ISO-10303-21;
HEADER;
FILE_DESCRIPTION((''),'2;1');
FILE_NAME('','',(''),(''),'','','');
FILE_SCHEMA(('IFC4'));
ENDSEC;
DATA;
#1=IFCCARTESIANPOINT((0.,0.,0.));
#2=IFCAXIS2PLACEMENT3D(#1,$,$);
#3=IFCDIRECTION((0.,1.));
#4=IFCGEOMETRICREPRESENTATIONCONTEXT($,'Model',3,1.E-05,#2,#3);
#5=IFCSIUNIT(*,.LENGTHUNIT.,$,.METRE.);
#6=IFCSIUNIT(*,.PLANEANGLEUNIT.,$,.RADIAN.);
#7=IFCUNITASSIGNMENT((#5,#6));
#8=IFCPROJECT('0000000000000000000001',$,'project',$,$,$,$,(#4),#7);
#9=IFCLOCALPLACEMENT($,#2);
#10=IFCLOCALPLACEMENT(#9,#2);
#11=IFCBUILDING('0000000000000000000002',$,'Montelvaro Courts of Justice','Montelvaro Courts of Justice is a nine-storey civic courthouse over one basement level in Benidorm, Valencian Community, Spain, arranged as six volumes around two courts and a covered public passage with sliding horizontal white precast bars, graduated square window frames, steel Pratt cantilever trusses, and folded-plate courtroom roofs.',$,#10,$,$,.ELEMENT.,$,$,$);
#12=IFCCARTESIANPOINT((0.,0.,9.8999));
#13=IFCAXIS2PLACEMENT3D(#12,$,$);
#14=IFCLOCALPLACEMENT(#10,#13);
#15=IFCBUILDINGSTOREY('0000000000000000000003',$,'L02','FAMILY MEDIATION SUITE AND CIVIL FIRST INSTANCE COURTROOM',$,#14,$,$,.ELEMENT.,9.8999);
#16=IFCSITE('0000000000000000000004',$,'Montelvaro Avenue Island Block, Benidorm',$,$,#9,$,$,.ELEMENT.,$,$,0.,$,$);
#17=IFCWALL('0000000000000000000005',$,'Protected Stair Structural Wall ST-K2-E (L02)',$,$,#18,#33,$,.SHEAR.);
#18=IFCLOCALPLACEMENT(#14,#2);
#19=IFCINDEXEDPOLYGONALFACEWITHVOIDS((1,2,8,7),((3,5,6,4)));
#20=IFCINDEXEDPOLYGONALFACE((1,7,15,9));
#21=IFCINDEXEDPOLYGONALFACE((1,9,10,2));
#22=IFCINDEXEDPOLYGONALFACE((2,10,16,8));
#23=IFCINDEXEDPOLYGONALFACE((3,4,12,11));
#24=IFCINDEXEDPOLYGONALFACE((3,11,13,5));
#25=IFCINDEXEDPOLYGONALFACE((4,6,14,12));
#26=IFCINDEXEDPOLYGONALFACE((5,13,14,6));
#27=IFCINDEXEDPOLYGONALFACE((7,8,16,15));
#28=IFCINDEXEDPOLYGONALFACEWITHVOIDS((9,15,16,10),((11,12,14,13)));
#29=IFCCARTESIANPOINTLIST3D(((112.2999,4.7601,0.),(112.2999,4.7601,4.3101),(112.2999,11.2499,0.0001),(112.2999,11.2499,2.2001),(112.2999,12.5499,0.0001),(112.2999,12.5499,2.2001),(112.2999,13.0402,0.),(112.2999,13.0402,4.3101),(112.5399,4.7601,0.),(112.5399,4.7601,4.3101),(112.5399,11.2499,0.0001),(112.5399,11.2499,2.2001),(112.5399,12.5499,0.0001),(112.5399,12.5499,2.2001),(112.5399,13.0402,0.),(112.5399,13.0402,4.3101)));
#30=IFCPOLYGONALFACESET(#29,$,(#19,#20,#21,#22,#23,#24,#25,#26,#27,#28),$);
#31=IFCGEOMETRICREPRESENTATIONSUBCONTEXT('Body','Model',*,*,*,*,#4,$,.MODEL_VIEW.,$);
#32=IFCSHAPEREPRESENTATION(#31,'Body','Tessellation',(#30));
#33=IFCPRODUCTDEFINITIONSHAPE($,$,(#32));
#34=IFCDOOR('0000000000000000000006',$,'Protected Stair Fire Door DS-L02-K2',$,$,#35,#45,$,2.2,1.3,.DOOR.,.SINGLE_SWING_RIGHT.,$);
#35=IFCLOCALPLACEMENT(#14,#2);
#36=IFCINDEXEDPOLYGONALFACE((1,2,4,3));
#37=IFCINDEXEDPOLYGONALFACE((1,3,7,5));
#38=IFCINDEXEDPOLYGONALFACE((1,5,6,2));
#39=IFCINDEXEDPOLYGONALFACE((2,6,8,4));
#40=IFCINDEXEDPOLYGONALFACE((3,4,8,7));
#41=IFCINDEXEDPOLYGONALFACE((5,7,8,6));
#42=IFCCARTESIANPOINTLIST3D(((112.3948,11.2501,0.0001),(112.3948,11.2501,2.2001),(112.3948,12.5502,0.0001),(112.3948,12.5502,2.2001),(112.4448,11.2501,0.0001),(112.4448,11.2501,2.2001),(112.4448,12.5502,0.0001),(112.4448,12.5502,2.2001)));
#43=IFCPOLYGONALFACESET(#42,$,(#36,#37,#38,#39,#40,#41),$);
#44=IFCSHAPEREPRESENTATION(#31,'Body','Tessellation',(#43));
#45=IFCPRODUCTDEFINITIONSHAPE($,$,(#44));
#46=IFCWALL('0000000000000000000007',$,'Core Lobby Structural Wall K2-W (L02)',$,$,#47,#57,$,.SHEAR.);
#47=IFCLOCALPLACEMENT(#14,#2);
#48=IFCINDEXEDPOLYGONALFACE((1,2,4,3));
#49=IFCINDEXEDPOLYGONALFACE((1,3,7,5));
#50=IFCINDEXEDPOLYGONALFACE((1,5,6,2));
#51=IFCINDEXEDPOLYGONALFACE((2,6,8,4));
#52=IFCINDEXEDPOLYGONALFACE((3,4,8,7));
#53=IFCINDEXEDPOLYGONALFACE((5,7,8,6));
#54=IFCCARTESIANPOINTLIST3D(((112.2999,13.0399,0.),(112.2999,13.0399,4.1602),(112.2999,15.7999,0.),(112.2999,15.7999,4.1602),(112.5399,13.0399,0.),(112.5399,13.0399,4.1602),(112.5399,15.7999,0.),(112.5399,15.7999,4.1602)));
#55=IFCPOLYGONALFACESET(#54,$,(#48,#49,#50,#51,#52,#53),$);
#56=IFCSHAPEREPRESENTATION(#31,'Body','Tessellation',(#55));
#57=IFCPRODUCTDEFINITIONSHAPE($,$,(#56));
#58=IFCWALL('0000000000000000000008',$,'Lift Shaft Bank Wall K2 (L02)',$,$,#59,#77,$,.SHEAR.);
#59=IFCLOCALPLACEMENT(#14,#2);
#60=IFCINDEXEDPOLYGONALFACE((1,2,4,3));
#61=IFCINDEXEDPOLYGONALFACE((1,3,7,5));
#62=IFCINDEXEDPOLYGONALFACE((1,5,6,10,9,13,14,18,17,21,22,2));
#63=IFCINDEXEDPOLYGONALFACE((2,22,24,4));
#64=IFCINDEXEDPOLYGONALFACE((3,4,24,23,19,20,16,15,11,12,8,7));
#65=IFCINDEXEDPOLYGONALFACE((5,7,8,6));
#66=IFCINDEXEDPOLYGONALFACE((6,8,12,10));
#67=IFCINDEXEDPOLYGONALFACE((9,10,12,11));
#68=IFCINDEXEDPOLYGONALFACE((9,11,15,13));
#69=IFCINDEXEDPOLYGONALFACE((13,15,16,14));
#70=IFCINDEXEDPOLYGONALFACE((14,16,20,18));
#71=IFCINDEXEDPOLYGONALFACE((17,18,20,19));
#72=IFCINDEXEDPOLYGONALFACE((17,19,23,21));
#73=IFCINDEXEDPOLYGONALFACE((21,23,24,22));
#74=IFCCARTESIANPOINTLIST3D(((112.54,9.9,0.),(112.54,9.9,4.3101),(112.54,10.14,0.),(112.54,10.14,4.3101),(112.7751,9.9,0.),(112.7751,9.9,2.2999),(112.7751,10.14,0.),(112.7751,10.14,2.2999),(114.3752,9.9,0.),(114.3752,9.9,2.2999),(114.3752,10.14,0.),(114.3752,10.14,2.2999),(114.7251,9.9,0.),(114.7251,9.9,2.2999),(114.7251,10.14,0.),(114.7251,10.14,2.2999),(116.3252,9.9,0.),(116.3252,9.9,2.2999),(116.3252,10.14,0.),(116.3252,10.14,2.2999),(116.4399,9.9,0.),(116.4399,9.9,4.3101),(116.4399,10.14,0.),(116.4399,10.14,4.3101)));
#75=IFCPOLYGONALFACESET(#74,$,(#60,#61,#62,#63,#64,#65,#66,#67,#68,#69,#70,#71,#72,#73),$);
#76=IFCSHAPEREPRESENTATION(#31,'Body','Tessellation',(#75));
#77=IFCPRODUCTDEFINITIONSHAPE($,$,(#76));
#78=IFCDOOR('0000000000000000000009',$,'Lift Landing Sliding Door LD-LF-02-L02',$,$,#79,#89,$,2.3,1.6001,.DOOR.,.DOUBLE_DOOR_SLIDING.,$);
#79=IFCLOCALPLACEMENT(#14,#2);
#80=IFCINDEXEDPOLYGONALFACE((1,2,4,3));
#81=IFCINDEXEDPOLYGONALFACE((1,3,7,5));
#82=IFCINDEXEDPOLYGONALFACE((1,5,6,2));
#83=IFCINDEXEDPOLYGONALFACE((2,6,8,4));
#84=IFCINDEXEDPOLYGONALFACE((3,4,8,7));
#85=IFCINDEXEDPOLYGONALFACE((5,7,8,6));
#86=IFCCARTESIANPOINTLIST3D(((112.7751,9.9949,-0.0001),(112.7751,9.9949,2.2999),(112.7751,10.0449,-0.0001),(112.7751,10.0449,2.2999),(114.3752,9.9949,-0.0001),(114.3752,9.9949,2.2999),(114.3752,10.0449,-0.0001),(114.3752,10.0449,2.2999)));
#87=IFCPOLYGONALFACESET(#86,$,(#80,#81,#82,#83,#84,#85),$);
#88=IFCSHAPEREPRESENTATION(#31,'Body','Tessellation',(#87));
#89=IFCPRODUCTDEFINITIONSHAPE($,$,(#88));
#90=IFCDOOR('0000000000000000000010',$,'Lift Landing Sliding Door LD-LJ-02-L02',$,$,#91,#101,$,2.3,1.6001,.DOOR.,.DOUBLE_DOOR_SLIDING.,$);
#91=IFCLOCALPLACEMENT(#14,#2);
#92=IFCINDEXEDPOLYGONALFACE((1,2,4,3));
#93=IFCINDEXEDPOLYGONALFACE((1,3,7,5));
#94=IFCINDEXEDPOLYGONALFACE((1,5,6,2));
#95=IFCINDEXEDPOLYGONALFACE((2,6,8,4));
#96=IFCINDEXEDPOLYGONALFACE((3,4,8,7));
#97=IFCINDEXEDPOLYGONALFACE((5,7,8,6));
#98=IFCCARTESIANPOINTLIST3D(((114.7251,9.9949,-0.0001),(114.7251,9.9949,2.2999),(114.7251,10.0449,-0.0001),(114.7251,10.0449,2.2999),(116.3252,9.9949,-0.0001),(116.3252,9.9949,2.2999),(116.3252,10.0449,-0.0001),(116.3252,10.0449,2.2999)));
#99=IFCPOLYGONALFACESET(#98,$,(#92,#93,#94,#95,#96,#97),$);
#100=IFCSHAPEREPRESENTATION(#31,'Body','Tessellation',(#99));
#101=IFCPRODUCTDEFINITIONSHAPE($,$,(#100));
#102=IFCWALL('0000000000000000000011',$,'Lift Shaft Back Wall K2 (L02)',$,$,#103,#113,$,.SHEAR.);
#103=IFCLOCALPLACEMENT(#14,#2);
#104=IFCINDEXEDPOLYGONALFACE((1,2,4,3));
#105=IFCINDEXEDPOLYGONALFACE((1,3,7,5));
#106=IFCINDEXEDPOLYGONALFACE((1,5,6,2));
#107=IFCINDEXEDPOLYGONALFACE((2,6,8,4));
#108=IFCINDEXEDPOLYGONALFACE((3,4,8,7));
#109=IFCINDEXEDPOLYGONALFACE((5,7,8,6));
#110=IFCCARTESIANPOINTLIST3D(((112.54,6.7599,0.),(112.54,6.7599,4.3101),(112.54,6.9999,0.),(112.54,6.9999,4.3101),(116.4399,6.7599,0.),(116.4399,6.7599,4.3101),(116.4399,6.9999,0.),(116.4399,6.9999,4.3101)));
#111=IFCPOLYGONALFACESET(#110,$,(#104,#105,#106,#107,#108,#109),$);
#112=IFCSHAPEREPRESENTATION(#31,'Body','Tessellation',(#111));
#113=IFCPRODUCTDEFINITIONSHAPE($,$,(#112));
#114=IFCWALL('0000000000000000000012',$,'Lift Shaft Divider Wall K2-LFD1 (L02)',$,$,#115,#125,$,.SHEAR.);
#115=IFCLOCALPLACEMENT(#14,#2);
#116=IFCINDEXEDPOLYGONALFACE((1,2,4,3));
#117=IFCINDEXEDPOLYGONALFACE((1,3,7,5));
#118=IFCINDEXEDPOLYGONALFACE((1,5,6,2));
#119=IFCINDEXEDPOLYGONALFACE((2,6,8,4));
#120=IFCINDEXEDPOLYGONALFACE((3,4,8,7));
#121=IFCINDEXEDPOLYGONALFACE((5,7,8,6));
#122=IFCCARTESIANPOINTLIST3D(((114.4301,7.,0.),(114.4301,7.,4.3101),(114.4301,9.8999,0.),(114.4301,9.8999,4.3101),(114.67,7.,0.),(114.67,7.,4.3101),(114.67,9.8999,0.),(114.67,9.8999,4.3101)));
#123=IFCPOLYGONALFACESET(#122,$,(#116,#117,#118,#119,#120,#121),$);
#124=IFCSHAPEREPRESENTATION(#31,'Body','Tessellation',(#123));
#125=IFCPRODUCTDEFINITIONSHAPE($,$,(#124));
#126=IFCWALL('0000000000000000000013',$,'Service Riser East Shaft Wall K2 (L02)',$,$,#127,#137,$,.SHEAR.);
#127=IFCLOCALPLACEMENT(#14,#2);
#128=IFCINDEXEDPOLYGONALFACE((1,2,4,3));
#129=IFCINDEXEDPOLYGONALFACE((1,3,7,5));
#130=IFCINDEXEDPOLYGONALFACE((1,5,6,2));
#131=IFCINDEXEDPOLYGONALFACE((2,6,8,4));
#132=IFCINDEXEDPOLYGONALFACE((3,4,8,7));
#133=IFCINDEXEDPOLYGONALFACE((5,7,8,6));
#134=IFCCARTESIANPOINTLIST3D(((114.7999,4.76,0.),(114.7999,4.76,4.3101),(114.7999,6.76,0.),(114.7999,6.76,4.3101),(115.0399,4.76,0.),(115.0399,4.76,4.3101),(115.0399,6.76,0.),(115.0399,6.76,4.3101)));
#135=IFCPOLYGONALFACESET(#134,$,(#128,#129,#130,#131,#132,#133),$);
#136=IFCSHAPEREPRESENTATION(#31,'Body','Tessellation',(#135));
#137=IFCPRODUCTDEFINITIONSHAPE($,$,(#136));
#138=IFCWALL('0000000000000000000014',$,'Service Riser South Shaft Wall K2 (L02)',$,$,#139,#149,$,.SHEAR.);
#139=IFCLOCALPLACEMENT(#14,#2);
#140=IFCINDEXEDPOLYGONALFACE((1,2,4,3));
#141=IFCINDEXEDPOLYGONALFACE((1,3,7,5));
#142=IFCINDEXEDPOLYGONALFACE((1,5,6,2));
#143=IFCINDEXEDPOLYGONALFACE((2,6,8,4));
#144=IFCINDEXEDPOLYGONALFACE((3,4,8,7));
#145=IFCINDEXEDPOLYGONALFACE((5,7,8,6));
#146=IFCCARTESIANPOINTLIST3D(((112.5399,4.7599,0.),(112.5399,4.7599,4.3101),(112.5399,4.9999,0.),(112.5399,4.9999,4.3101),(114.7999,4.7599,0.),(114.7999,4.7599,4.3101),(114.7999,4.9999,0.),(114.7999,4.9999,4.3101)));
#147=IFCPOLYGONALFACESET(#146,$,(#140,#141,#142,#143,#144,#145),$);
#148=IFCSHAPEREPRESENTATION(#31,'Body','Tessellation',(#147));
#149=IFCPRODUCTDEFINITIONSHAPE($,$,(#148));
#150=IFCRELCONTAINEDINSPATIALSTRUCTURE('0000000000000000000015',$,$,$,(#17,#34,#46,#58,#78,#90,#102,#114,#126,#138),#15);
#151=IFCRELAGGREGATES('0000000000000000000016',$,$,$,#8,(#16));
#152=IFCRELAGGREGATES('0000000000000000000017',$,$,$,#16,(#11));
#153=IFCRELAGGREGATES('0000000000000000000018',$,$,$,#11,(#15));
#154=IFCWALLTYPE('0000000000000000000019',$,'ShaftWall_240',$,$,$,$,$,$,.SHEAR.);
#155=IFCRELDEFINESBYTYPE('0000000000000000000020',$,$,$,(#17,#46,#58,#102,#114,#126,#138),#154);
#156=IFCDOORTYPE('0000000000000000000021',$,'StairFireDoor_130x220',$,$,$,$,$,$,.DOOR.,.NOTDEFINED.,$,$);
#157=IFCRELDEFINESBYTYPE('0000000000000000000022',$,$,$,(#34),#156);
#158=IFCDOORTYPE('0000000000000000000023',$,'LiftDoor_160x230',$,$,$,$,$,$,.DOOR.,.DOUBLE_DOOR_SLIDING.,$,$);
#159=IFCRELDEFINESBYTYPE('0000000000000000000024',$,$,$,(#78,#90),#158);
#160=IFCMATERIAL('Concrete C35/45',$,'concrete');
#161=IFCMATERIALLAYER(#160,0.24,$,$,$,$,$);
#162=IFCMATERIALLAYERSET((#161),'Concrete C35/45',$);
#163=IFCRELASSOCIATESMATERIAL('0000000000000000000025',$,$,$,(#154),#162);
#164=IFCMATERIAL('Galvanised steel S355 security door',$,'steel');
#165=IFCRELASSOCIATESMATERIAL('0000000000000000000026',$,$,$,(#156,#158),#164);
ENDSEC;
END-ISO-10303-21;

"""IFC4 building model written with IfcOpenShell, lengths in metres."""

from ifc_helpers import new_model, si_unit, direction, frame, frame_2d, origin, place, context, subcontext, project, spatial, rectangle, extrude, material, layer, layer_set, type_object, element, fill, save


model = new_model("IFC4")

# Units and contexts
model_context = context("Model", 3, precision=1e-05, world=origin(), true_north=direction((0.0, 1.0)))
body_context = subcontext(model_context, "Body", "Model", "MODEL_VIEW")
ifc_project = project(units=[si_unit("LENGTHUNIT", "METRE"), si_unit("PLANEANGLEUNIT", "RADIAN")], contexts=[model_context])

# Site, building, storey
site_placement = place(None, origin())
site = spatial("IfcSite", under=ifc_project, at=site_placement, Name="Montelvaro Avenue Island Block, Benidorm", CompositionType="ELEMENT", RefElevation=0.0)
building_placement = place(site_placement, origin())
building = spatial("IfcBuilding", under=site, at=building_placement, Name="Montelvaro Courts of Justice", Description="Montelvaro Courts of Justice is a nine-storey civic courthouse over one basement level in Benidorm, Valencian Community, Spain, arranged as six volumes around two courts and a covered public passage with sliding horizontal white precast bars, graduated square window frames, steel Pratt cantilever trusses, and folded-plate courtroom roofs.", CompositionType="ELEMENT")
storey_placement = place(building_placement, frame((0.0, 0.0, 9.8999)))
storey = spatial("IfcBuildingStorey", under=building, at=storey_placement, Name="L02", Description="FAMILY MEDIATION SUITE AND CIVIL FIRST INSTANCE COURTROOM", CompositionType="ELEMENT", Elevation=9.8999)

# Shared definitions
ifc_material_1 = material(Name="Galvanised steel S355 security door", Category="steel")

# Wall, opening, door
ifc_material_2 = material(Name="Concrete C35/45", Category="concrete")
ifc_layer_1 = layer(ifc_material_2, 0.24)
ifc_layer_set_1 = layer_set([ifc_layer_1], Name="Concrete C35/45")
wall_type_1 = type_object("IfcWallType", Name="ShaftWall_240", PredefinedType="SHEAR", material=ifc_layer_set_1)
wall_1_placement = place(storey_placement, frame((112.4199, 4.76, 0.0), z_axis=(0.0, 0.0, 1.0), x_axis=(0.0, 1.0, 0.0)))
wall_1 = element("IfcWall", 1, at=wall_1_placement, inside=storey, type_object=wall_type_1, Name="Protected Stair Structural Wall ST-K2-E (L02)", PredefinedType="SHEAR", context=body_context, shape_type="SweptSolid", body=[
    extrude(rectangle(XDim=8.28, YDim=0.24, at=frame_2d((4.1401, 0.0))), origin(), (0.0, 0.0, 1.0), 4.3101),
])
opening_1_placement = place(wall_1_placement, frame((6.49, 0.0, 0.0)))
opening_1 = element("IfcOpeningElement", 2, at=opening_1_placement, cuts=wall_1, PredefinedType="OPENING", context=body_context, shape_type="SweptSolid", body=[
    extrude(rectangle(XDim=1.3, YDim=2.2, at=frame_2d((0.6499, 1.1001))), frame((0.0, 0.1348, 0.0), z_axis=(0.0, -1.0, 0.0), x_axis=(1.0, 0.0, 0.0)), (0.0, 0.0, 1.0), 0.2698),
])
door_type_1 = type_object("IfcDoorType", Name="StairFireDoor_130x220", OperationType="NOTDEFINED", PredefinedType="DOOR", material=ifc_material_1)
door_1_placement = place(opening_1_placement, frame((1.3, 0.0, 0.0), z_axis=(0.0, 0.0, 1.0), x_axis=(-1.0, 0.0, 0.0)))
door_1 = element("IfcDoor", 3, at=door_1_placement, inside=storey, type_object=door_type_1, Name="Protected Stair Fire Door DS-L02-K2", OperationType="SINGLE_SWING_RIGHT", OverallHeight=2.2, OverallWidth=1.3, PredefinedType="DOOR", context=body_context, shape_type="SweptSolid", body=[
    extrude(rectangle(XDim=1.3, YDim=2.2, at=frame_2d((0.6499, 1.1001))), frame((0.0, 0.0249, 0.0), z_axis=(0.0, -1.0, 0.0), x_axis=(1.0, 0.0, 0.0)), (0.0, 0.0, 1.0), 0.05),
])
fill(opening_1, door_1)

# Wall
wall_2_placement = place(storey_placement, frame((112.4199, 13.04, 0.0), z_axis=(0.0, 0.0, 1.0), x_axis=(0.0, 1.0, 0.0)))
element("IfcWall", 4, at=wall_2_placement, inside=storey, type_object=wall_type_1, Name="Core Lobby Structural Wall K2-W (L02)", PredefinedType="SHEAR", context=body_context, shape_type="SweptSolid", body=[
    extrude(rectangle(XDim=2.76, YDim=0.24, at=frame_2d((1.3799, 0.0))), origin(), (0.0, 0.0, 1.0), 4.1602),
])

# Wall, openings, doors
wall_3_placement = place(storey_placement, frame((112.54, 10.02, 0.0), z_axis=(0.0, 0.0, 1.0), x_axis=(1.0, 0.0, 0.0)))
wall_3 = element("IfcWall", 5, at=wall_3_placement, inside=storey, type_object=wall_type_1, Name="Lift Shaft Bank Wall K2 (L02)", PredefinedType="SHEAR", context=body_context, shape_type="SweptSolid", body=[
    extrude(rectangle(XDim=3.8999, YDim=0.24, at=frame_2d((1.95, 0.0))), origin(), (0.0, 0.0, 1.0), 4.3101),
])
opening_2_placement = place(wall_3_placement, frame((0.2351, 0.0, 0.0)))
opening_2 = element("IfcOpeningElement", 6, at=opening_2_placement, cuts=wall_3, PredefinedType="OPENING", context=body_context, shape_type="SweptSolid", body=[
    extrude(rectangle(XDim=1.6001, YDim=2.3, at=frame_2d((0.8, 1.1499))), frame((0.0, 0.1348, 0.0), z_axis=(0.0, -1.0, 0.0), x_axis=(1.0, 0.0, 0.0)), (0.0, 0.0, 1.0), 0.2698),
])
opening_3_placement = place(wall_3_placement, frame((2.1851, 0.0, 0.0)))
opening_3 = element("IfcOpeningElement", 7, at=opening_3_placement, cuts=wall_3, PredefinedType="OPENING", context=body_context, shape_type="SweptSolid", body=[
    extrude(rectangle(XDim=1.6001, YDim=2.3, at=frame_2d((0.8, 1.1499))), frame((0.0, 0.1348, 0.0), z_axis=(0.0, -1.0, 0.0), x_axis=(1.0, 0.0, 0.0)), (0.0, 0.0, 1.0), 0.2698),
])
door_type_2 = type_object("IfcDoorType", Name="LiftDoor_160x230", OperationType="DOUBLE_DOOR_SLIDING", PredefinedType="DOOR", material=ifc_material_1)
door_2_placement = place(opening_2_placement, origin())
door_2 = element("IfcDoor", 8, at=door_2_placement, inside=storey, type_object=door_type_2, Name="Lift Landing Sliding Door LD-LF-02-L02", OperationType="DOUBLE_DOOR_SLIDING", OverallHeight=2.3, OverallWidth=1.6001, PredefinedType="DOOR", context=body_context, shape_type="SweptSolid", body=[
    extrude(rectangle(XDim=1.6001, YDim=2.3, at=frame_2d((0.8, 1.1499))), frame((0.0, 0.0249, 0.0), z_axis=(0.0, -1.0, 0.0), x_axis=(1.0, 0.0, 0.0)), (0.0, 0.0, 1.0), 0.05),
])
fill(opening_2, door_2)
door_3_placement = place(opening_3_placement, origin())
door_3 = element("IfcDoor", 9, at=door_3_placement, inside=storey, type_object=door_type_2, Name="Lift Landing Sliding Door LD-LJ-02-L02", OperationType="DOUBLE_DOOR_SLIDING", OverallHeight=2.3, OverallWidth=1.6001, PredefinedType="DOOR", context=body_context, shape_type="SweptSolid", body=[
    extrude(rectangle(XDim=1.6001, YDim=2.3, at=frame_2d((0.8, 1.1499))), frame((0.0, 0.0249, 0.0), z_axis=(0.0, -1.0, 0.0), x_axis=(1.0, 0.0, 0.0)), (0.0, 0.0, 1.0), 0.05),
])
fill(opening_3, door_3)

# Walls
wall_4_placement = place(storey_placement, frame((112.54, 6.8799, 0.0), z_axis=(0.0, 0.0, 1.0), x_axis=(1.0, 0.0, 0.0)))
element("IfcWall", 10, at=wall_4_placement, inside=storey, type_object=wall_type_1, Name="Lift Shaft Back Wall K2 (L02)", PredefinedType="SHEAR", context=body_context, shape_type="SweptSolid", body=[
    extrude(rectangle(XDim=3.8999, YDim=0.24, at=frame_2d((1.95, 0.0))), origin(), (0.0, 0.0, 1.0), 4.3101),
])
wall_5_placement = place(storey_placement, frame((114.55, 7.0, 0.0), z_axis=(0.0, 0.0, 1.0), x_axis=(0.0, 1.0, 0.0)))
element("IfcWall", 11, at=wall_5_placement, inside=storey, type_object=wall_type_1, Name="Lift Shaft Divider Wall K2-LFD1 (L02)", PredefinedType="SHEAR", context=body_context, shape_type="SweptSolid", body=[
    extrude(rectangle(XDim=2.8999, YDim=0.24, at=frame_2d((1.45, 0.0))), origin(), (0.0, 0.0, 1.0), 4.3101),
])
wall_6_placement = place(storey_placement, frame((114.9199, 4.76, 0.0), z_axis=(0.0, 0.0, 1.0), x_axis=(0.0, 1.0, 0.0)))
element("IfcWall", 12, at=wall_6_placement, inside=storey, type_object=wall_type_1, Name="Service Riser East Shaft Wall K2 (L02)", PredefinedType="SHEAR", context=body_context, shape_type="SweptSolid", body=[
    extrude(rectangle(XDim=2.0, YDim=0.24, at=frame_2d((1.0, 0.0))), origin(), (0.0, 0.0, 1.0), 4.3101),
])
wall_7_placement = place(storey_placement, frame((112.54, 4.8799, 0.0), z_axis=(0.0, 0.0, 1.0), x_axis=(1.0, 0.0, 0.0)))
element("IfcWall", 13, at=wall_7_placement, inside=storey, type_object=wall_type_1, Name="Service Riser South Shaft Wall K2 (L02)", PredefinedType="SHEAR", context=body_context, shape_type="SweptSolid", body=[
    extrude(rectangle(XDim=2.26, YDim=0.24, at=frame_2d((1.1299, 0.0))), origin(), (0.0, 0.0, 1.0), 4.3101),
])

save(model, "model.ifc")
